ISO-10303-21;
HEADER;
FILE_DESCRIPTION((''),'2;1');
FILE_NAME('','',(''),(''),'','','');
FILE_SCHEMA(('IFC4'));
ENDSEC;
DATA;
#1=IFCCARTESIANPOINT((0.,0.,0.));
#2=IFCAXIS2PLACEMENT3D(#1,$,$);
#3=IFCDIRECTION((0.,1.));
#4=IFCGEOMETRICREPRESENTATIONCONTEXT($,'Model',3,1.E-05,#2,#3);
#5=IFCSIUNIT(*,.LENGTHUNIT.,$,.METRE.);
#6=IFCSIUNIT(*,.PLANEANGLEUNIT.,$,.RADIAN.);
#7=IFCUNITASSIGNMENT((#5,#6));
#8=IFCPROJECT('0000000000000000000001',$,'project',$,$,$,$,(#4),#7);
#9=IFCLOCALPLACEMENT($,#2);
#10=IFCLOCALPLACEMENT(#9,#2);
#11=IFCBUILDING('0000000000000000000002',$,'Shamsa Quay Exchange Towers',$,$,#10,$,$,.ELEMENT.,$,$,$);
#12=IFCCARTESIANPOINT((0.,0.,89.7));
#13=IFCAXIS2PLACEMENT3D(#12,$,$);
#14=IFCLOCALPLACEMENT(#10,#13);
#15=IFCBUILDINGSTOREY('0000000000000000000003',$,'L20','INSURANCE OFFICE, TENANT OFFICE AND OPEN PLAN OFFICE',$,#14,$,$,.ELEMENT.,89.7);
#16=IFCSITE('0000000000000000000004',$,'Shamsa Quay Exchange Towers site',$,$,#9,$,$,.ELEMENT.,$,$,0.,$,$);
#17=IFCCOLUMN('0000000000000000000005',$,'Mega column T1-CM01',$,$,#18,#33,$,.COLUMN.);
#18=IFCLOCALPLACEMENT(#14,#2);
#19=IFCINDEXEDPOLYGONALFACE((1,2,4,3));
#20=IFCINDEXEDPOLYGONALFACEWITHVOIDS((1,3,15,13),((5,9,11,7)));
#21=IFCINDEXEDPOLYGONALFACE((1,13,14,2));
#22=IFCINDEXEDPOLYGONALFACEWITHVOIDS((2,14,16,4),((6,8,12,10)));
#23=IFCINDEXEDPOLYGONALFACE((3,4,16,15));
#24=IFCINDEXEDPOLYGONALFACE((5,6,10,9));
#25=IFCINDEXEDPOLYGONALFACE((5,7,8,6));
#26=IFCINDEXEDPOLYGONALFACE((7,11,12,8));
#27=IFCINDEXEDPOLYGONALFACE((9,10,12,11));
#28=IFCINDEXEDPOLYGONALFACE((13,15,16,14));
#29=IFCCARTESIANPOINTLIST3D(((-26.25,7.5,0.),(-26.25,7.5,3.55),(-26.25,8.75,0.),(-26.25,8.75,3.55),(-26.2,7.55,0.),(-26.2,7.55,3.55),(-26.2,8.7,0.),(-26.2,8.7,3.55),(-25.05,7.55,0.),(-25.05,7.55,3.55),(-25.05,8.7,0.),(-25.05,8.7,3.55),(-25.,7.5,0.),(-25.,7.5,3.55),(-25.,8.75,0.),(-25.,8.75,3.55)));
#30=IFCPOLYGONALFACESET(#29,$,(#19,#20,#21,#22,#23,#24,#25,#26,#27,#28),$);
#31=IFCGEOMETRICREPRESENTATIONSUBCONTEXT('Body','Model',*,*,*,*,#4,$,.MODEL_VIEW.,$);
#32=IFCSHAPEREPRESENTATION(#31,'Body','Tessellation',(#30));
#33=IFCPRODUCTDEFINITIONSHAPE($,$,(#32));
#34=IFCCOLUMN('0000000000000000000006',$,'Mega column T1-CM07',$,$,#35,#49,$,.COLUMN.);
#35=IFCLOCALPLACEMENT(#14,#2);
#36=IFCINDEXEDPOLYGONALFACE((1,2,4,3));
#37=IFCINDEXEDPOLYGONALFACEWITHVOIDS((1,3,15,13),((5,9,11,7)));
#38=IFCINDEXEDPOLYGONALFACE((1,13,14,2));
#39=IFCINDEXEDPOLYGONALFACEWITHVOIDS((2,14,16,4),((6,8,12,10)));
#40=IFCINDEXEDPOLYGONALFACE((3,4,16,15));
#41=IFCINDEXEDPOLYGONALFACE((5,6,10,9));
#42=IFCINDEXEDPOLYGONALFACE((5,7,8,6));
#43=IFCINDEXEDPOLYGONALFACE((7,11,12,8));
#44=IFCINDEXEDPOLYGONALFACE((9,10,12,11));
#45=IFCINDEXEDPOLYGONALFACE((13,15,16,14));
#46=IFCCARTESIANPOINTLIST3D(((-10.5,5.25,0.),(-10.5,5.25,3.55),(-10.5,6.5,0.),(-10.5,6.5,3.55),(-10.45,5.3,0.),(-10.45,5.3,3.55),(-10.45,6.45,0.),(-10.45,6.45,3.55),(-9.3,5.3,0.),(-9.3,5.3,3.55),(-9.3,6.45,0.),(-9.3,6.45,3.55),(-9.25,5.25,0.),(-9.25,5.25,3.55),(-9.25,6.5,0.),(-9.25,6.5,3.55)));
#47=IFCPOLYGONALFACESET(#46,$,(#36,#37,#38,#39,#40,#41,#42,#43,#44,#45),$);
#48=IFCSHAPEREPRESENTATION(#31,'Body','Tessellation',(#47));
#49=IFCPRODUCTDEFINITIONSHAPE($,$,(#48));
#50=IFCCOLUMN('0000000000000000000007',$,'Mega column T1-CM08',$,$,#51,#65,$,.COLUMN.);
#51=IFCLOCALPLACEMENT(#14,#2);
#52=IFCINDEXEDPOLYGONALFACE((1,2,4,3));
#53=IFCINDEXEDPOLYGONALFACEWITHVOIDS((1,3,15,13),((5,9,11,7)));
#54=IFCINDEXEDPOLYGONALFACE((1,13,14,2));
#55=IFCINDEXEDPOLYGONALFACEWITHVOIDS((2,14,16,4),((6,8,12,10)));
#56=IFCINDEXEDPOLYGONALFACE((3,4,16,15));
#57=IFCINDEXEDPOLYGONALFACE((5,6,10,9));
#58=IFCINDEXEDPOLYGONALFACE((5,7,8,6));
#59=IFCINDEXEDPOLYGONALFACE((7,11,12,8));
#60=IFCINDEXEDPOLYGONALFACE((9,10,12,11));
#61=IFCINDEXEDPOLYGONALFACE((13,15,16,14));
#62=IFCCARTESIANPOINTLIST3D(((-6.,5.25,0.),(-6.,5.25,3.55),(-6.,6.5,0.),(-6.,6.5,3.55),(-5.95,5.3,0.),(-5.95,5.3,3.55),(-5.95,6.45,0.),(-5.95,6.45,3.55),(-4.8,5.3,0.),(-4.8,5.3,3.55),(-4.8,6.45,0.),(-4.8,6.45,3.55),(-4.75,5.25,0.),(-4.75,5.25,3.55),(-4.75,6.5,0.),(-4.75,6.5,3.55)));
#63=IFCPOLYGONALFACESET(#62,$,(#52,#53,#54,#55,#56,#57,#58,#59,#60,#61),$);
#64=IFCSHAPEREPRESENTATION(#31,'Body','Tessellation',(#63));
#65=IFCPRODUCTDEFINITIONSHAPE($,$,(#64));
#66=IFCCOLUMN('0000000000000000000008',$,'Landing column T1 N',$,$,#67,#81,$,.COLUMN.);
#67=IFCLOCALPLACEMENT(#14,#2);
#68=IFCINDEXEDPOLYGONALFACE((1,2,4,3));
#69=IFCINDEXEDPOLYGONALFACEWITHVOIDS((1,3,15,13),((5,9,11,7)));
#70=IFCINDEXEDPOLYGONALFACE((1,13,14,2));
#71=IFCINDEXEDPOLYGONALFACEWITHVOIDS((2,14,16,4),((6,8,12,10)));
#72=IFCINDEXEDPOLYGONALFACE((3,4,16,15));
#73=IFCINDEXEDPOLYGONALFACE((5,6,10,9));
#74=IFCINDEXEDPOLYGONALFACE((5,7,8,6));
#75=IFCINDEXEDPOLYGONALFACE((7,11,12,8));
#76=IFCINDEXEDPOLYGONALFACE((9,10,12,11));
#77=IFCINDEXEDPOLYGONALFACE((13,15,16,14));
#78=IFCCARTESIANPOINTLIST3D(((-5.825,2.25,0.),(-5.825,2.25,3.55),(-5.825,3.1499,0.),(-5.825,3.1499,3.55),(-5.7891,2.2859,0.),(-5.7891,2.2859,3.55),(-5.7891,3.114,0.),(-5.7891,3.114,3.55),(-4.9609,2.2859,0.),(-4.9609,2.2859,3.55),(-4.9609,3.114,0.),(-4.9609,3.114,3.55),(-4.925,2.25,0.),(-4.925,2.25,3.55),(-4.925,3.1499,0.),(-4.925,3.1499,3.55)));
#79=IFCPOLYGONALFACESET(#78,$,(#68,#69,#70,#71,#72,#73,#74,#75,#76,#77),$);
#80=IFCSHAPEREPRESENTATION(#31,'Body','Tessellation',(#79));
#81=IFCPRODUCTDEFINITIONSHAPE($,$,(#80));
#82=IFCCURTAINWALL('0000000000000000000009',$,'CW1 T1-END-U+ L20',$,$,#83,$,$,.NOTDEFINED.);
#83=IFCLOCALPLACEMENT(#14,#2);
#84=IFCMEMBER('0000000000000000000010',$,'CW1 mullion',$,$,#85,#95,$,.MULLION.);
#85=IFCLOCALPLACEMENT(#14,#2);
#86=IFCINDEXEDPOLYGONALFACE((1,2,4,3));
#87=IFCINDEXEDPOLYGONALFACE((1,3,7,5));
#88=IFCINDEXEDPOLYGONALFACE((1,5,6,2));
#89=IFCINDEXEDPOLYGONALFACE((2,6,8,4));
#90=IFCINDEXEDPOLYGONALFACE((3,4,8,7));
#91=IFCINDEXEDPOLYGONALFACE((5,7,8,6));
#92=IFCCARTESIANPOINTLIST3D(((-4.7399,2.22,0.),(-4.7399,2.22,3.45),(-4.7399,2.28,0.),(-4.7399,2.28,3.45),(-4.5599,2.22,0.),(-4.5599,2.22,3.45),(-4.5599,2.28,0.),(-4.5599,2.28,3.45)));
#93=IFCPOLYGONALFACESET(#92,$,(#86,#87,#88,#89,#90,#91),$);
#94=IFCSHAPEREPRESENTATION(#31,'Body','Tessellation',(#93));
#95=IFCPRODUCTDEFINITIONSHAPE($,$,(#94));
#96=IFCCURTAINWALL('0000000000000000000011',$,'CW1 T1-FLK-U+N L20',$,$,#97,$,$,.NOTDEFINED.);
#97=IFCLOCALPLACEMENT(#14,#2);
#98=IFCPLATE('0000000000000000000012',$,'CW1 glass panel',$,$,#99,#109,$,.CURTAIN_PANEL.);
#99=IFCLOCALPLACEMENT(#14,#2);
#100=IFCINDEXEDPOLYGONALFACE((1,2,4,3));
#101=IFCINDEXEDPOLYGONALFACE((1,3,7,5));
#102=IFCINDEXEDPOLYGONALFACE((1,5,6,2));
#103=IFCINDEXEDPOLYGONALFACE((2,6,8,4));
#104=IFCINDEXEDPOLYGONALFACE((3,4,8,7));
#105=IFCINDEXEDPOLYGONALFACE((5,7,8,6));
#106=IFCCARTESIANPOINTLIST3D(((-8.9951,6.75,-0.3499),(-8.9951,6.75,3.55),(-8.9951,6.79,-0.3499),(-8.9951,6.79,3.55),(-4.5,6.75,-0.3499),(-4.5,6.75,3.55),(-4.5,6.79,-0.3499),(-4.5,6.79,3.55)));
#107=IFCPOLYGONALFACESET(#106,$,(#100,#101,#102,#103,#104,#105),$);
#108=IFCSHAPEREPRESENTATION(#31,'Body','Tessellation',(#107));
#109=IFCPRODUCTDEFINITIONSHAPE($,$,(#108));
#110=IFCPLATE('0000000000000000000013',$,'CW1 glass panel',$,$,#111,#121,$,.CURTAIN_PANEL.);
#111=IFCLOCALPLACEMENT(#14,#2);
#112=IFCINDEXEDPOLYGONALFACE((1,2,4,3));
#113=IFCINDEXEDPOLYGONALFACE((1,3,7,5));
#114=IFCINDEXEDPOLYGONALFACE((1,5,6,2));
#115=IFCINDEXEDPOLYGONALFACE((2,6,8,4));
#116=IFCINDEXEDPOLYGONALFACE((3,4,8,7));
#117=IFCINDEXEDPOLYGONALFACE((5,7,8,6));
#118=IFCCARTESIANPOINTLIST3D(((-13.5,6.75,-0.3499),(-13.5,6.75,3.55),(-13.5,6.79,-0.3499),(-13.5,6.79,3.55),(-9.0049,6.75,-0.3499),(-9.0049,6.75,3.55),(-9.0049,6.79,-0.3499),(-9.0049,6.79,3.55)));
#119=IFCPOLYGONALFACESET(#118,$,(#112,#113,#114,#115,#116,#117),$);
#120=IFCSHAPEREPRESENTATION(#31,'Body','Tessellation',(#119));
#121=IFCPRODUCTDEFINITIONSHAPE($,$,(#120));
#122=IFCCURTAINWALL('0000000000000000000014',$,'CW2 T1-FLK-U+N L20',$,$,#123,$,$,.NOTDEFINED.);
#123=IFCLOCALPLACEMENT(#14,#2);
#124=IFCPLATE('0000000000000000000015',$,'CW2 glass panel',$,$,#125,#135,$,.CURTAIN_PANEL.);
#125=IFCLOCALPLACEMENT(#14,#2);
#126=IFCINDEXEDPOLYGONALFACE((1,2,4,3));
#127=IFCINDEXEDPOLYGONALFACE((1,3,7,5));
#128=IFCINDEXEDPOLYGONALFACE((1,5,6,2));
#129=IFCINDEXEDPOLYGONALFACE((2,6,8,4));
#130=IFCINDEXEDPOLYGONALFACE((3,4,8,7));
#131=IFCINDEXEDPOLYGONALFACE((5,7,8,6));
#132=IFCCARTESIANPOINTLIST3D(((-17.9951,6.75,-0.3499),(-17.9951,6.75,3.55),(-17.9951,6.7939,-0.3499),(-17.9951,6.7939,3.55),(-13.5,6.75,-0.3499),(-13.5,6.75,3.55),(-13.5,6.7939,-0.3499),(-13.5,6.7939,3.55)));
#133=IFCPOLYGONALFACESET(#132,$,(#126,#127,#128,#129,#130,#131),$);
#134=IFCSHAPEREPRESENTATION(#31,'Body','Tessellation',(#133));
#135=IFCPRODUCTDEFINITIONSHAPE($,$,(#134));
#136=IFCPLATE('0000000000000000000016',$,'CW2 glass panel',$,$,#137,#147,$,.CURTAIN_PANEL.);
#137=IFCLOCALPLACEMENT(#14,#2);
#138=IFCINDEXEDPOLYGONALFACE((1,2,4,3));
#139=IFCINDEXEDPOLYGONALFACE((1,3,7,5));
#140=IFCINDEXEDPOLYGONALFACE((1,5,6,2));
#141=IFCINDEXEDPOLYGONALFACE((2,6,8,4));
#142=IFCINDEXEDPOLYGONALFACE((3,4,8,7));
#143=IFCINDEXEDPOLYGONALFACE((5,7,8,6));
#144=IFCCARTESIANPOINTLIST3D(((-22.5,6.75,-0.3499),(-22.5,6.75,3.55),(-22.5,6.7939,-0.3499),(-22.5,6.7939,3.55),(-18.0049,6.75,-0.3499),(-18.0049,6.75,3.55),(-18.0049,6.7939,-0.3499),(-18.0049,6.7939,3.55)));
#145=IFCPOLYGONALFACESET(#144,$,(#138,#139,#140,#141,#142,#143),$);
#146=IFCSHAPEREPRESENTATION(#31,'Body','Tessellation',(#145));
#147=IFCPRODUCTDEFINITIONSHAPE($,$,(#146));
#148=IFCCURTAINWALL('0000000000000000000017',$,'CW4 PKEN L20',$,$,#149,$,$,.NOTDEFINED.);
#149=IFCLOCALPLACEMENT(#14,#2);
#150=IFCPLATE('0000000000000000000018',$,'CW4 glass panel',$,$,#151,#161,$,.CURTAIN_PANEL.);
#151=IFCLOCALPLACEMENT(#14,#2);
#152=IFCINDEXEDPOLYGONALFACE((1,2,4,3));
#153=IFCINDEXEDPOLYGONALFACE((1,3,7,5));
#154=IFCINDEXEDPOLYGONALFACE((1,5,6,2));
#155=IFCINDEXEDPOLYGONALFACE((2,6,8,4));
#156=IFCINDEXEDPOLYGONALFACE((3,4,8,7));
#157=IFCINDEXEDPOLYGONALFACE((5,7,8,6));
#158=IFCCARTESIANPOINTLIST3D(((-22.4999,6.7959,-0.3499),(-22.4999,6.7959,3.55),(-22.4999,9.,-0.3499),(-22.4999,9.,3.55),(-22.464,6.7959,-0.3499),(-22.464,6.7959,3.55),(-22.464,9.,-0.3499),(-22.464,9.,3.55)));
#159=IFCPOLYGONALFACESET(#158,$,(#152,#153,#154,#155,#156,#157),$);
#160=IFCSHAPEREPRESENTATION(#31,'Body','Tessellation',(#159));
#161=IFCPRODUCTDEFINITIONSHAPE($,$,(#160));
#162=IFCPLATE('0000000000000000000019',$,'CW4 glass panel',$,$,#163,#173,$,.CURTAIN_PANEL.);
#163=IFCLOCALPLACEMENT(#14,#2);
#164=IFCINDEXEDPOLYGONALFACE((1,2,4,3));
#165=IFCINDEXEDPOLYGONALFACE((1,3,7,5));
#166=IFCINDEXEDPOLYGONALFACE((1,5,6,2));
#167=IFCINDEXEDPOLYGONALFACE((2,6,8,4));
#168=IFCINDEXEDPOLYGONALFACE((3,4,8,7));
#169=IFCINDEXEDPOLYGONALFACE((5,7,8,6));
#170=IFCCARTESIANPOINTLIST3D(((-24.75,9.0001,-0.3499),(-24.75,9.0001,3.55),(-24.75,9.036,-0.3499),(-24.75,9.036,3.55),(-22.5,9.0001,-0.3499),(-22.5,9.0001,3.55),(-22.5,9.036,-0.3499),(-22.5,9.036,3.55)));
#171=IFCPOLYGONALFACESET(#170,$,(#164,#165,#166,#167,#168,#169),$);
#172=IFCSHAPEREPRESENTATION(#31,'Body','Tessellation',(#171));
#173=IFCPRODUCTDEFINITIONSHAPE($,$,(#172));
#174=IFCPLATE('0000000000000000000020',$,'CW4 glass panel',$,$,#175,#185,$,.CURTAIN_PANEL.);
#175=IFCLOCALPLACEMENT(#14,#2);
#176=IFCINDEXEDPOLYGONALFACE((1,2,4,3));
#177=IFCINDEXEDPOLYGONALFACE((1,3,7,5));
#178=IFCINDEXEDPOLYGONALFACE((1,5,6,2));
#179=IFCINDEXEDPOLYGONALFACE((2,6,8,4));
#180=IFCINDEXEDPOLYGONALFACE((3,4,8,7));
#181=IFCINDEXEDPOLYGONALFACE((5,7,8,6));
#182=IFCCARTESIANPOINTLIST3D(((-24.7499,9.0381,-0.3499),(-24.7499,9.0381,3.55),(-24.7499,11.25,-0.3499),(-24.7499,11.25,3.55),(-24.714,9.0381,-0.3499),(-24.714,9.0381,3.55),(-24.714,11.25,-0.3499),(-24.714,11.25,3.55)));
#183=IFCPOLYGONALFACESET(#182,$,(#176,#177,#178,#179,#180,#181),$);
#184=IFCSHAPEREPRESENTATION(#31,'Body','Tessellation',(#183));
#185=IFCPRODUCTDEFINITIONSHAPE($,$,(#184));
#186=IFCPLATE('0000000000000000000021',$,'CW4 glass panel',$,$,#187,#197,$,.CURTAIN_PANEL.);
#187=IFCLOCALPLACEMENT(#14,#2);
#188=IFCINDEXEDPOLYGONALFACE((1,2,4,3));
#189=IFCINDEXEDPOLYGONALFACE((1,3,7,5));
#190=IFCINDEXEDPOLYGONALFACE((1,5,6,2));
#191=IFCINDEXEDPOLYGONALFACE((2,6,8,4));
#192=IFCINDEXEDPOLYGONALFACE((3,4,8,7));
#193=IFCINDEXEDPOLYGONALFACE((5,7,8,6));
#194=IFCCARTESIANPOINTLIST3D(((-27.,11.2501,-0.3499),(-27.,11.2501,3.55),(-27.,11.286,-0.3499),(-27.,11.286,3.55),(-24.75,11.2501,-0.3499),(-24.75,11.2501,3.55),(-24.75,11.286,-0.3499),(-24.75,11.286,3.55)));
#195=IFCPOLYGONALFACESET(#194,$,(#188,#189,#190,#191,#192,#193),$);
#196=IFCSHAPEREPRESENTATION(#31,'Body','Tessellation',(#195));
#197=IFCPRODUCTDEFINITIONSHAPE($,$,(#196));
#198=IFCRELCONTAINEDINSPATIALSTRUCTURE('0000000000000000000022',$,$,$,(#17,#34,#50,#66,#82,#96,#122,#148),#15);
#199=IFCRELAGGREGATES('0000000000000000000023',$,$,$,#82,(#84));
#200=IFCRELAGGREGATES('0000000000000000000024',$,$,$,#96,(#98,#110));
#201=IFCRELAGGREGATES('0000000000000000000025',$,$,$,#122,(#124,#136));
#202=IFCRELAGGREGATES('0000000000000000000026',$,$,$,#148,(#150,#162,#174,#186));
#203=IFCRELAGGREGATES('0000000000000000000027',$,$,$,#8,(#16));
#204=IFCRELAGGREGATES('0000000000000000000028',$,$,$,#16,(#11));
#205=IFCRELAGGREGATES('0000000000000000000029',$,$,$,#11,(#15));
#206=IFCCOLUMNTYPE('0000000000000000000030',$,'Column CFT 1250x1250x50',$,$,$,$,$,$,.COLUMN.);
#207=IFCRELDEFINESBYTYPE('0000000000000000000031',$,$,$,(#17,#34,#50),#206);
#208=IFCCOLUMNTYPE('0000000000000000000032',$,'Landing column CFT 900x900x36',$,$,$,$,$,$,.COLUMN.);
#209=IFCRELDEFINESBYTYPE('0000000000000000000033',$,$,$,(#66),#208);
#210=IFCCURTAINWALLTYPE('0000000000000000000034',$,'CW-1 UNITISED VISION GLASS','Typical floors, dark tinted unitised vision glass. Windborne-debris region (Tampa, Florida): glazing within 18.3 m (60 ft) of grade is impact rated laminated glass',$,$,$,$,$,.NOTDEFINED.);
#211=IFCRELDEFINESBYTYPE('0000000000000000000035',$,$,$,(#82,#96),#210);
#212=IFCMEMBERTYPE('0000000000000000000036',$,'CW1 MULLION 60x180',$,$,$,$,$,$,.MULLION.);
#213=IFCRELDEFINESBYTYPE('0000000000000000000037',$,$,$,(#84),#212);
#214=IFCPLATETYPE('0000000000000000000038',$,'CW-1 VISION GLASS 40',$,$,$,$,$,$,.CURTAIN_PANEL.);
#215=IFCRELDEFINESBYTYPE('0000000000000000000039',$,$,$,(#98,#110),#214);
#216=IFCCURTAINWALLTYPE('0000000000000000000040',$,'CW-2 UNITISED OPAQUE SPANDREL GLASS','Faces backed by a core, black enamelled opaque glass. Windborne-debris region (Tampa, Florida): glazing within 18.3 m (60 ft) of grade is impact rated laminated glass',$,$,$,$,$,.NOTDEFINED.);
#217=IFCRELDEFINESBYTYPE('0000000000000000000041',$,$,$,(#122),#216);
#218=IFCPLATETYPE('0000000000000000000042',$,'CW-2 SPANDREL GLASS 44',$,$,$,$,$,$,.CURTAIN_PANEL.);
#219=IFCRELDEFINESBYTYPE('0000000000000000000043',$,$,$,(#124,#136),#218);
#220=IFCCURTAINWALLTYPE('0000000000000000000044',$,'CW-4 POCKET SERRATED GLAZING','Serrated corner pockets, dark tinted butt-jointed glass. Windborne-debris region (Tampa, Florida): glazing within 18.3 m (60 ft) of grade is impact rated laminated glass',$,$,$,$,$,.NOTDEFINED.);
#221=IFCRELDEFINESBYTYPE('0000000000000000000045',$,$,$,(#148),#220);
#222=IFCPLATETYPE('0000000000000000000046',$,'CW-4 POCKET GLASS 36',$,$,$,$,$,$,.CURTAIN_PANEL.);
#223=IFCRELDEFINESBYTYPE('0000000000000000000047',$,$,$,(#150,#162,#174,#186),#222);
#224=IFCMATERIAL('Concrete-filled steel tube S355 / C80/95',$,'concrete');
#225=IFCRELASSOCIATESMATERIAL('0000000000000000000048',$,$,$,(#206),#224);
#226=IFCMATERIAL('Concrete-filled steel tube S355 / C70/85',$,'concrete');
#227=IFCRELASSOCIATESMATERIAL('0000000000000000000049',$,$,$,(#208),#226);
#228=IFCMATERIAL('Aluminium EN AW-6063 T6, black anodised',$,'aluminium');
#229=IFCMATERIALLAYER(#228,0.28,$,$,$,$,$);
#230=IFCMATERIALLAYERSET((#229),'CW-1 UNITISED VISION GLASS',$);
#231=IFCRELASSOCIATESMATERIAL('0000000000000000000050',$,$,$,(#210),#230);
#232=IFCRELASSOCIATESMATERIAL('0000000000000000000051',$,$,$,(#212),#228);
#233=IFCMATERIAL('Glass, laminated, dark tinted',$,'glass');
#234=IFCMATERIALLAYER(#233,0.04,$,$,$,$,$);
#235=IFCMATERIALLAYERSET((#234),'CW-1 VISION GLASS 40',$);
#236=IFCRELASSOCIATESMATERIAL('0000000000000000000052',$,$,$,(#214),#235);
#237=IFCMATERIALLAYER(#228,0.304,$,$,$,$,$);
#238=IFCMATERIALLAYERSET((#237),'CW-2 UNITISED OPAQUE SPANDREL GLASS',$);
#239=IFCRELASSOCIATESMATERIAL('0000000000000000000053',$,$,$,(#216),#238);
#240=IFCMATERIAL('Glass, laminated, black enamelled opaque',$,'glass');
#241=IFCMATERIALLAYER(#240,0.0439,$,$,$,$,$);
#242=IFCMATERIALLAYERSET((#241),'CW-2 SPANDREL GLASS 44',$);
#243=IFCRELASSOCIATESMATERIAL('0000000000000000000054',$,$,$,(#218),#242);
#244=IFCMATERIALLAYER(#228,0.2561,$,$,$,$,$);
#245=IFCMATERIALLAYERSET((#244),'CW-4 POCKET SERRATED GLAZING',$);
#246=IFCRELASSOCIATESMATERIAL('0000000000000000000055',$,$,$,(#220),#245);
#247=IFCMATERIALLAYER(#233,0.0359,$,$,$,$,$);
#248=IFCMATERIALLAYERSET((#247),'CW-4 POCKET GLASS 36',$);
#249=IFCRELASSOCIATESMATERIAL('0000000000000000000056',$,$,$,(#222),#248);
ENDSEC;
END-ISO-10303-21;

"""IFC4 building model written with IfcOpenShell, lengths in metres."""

from ifc_helpers import new_model, si_unit, direction, frame, origin, origin_2d, place, context, subcontext, project, spatial, rectangle, hollow_rectangle, extrude, material, layer, layer_set, material_profile, profile_set, type_object, element, aggregate, save


model = new_model("IFC4")

# Units and contexts
model_context = context("Model", 3, precision=1e-05, world=origin(), true_north=direction((0.0, 1.0)))
body_context = subcontext(model_context, "Body", "Model", "MODEL_VIEW")
ifc_project = project(units=[si_unit("LENGTHUNIT", "METRE"), si_unit("PLANEANGLEUNIT", "RADIAN")], contexts=[model_context])

# Site, building, storey
site_placement = place(None, origin())
site = spatial("IfcSite", under=ifc_project, at=site_placement, Name="Shamsa Quay Exchange Towers site", CompositionType="ELEMENT", RefElevation=0.0)
building_placement = place(site_placement, origin())
building = spatial("IfcBuilding", under=site, at=building_placement, Name="Shamsa Quay Exchange Towers", CompositionType="ELEMENT")
storey_placement = place(building_placement, frame((0.0, 0.0, 89.7)))
storey = spatial("IfcBuildingStorey", under=building, at=storey_placement, Name="L20", Description="INSURANCE OFFICE, TENANT OFFICE AND OPEN PLAN OFFICE", CompositionType="ELEMENT", Elevation=89.7)

# Columns
ifc_material_1 = material(Name="Concrete-filled steel tube S355 / C80/95", Category="concrete")
ifc_material_profile_1 = material_profile(ifc_material_1, hollow_rectangle(XDim=1.25, YDim=1.25, WallThickness=0.05, at=origin_2d()), Name="CFT 1250x1250x50")
ifc_profile_set_1 = profile_set([ifc_material_profile_1], Name="Concrete-filled steel tube S355 / C80/95")
column_type_1 = type_object("IfcColumnType", Name="Column CFT 1250x1250x50", PredefinedType="COLUMN", material=ifc_profile_set_1)
for number, where, name in (
    (1, (-25.625, 8.125, 0.0), "Mega column T1-CM01"),
    (2, (-9.875, 5.875, 0.0), "Mega column T1-CM07"),
    (3, (-5.375, 5.875, 0.0), "Mega column T1-CM08"),
):
    element("IfcColumn", number, at=place(storey_placement, frame(where)), inside=storey, type_object=column_type_1, Name=name, PredefinedType="COLUMN", context=body_context, shape_type="SweptSolid", body=[
        extrude(hollow_rectangle(XDim=1.25, YDim=1.25, WallThickness=0.05, at=origin_2d()), origin(), (0.0, 0.0, 1.0), 3.55),
    ])
ifc_material_2 = material(Name="Concrete-filled steel tube S355 / C70/85", Category="concrete")
ifc_material_profile_2 = material_profile(ifc_material_2, hollow_rectangle(XDim=0.8999, YDim=0.8999, WallThickness=0.0359, at=origin_2d()), Name="CFT 900x900x36")
ifc_profile_set_2 = profile_set([ifc_material_profile_2], Name="Concrete-filled steel tube S355 / C70/85")
column_type_2 = type_object("IfcColumnType", Name="Landing column CFT 900x900x36", PredefinedType="COLUMN", material=ifc_profile_set_2)
column_placement = place(storey_placement, frame((-5.375, 2.7, 0.0)))
element("IfcColumn", 4, at=column_placement, inside=storey, type_object=column_type_2, Name="Landing column T1 N", PredefinedType="COLUMN", context=body_context, shape_type="SweptSolid", body=[
    extrude(hollow_rectangle(XDim=0.8999, YDim=0.8999, WallThickness=0.0359, at=origin_2d()), origin(), (0.0, 0.0, 1.0), 3.55),
])

# Curtain wall, member
ifc_material_3 = material(Name="Aluminium EN AW-6063 T6, black anodised", Category="aluminium")
ifc_layer_1 = layer(ifc_material_3, 0.28)
ifc_layer_set_1 = layer_set([ifc_layer_1], Name="CW-1 UNITISED VISION GLASS")
curtain_wall_type_1 = type_object("IfcCurtainWallType", Name="CW-1 UNITISED VISION GLASS", Description="Typical floors, dark tinted unitised vision glass. Windborne-debris region (Tampa, Florida): glazing within 18.3 m (60 ft) of grade is impact rated laminated glass", PredefinedType="NOTDEFINED", material=ifc_layer_set_1)
curtain_wall_1_placement = place(storey_placement, origin())
curtain_wall_1 = element("IfcCurtainWall", 5, at=curtain_wall_1_placement, inside=storey, type_object=curtain_wall_type_1, Name="CW1 T1-END-U+ L20", PredefinedType="NOTDEFINED")
ifc_material_profile_3 = material_profile(ifc_material_3, rectangle(XDim=0.1799, YDim=0.0601, at=origin_2d()), Name="MU60x180")
ifc_profile_set_3 = profile_set([ifc_material_profile_3], Name="Aluminium EN AW-6063 T6, black anodised")
member_type = type_object("IfcMemberType", Name="CW1 MULLION 60x180", PredefinedType="MULLION", material=ifc_profile_set_3)
member_placement = place(storey_placement, frame((-4.6499, 2.25, 0.0), z_axis=(0.0, 0.0, 1.0), x_axis=(-1.0, 0.0, 0.0)))
member = element("IfcMember", 6, at=member_placement, type_object=member_type, Name="CW1 mullion", PredefinedType="MULLION", context=body_context, shape_type="SweptSolid", body=[
    extrude(rectangle(XDim=0.1799, YDim=0.0601, at=origin_2d()), origin(), (0.0, 0.0, 1.0), 3.45),
])
aggregate(curtain_wall_1, [member])

# Curtain walls, plates
curtain_wall_2_placement = place(storey_placement, origin())
curtain_wall_2 = element("IfcCurtainWall", 7, at=curtain_wall_2_placement, inside=storey, type_object=curtain_wall_type_1, Name="CW1 T1-FLK-U+N L20", PredefinedType="NOTDEFINED")
ifc_material_4 = material(Name="Glass, laminated, dark tinted", Category="glass")
ifc_layer_2 = layer(ifc_material_4, 0.04)
ifc_layer_set_2 = layer_set([ifc_layer_2], Name="CW-1 VISION GLASS 40")
plate_type_1 = type_object("IfcPlateType", Name="CW-1 VISION GLASS 40", PredefinedType="CURTAIN_PANEL", material=ifc_layer_set_2)
plate_1_placement = place(storey_placement, frame((-6.7476, 6.77, -0.3499), z_axis=(0.0, 0.0, 1.0), x_axis=(-1.0, 0.0, 0.0)))
plate_1 = element("IfcPlate", 8, at=plate_1_placement, type_object=plate_type_1, Name="CW1 glass panel", PredefinedType="CURTAIN_PANEL", context=body_context, shape_type="SweptSolid", body=[
    extrude(rectangle(XDim=4.4951, YDim=0.04, at=origin_2d()), origin(), (0.0, 0.0, 1.0), 3.8999),
])
plate_2_placement = place(storey_placement, frame((-11.2524, 6.77, -0.3499), z_axis=(0.0, 0.0, 1.0), x_axis=(-1.0, 0.0, 0.0)))
plate_2 = element("IfcPlate", 9, at=plate_2_placement, type_object=plate_type_1, Name="CW1 glass panel", PredefinedType="CURTAIN_PANEL", context=body_context, shape_type="SweptSolid", body=[
    extrude(rectangle(XDim=4.4951, YDim=0.04, at=origin_2d()), origin(), (0.0, 0.0, 1.0), 3.8999),
])
aggregate(curtain_wall_2, [plate_1, plate_2])
ifc_layer_3 = layer(ifc_material_3, 0.304)
ifc_layer_set_3 = layer_set([ifc_layer_3], Name="CW-2 UNITISED OPAQUE SPANDREL GLASS")
curtain_wall_type_2 = type_object("IfcCurtainWallType", Name="CW-2 UNITISED OPAQUE SPANDREL GLASS", Description="Faces backed by a core, black enamelled opaque glass. Windborne-debris region (Tampa, Florida): glazing within 18.3 m (60 ft) of grade is impact rated laminated glass", PredefinedType="NOTDEFINED", material=ifc_layer_set_3)
curtain_wall_3_placement = place(storey_placement, origin())
curtain_wall_3 = element("IfcCurtainWall", 10, at=curtain_wall_3_placement, inside=storey, type_object=curtain_wall_type_2, Name="CW2 T1-FLK-U+N L20", PredefinedType="NOTDEFINED")
ifc_material_5 = material(Name="Glass, laminated, black enamelled opaque", Category="glass")
ifc_layer_4 = layer(ifc_material_5, 0.0439)
ifc_layer_set_4 = layer_set([ifc_layer_4], Name="CW-2 SPANDREL GLASS 44")
plate_type_2 = type_object("IfcPlateType", Name="CW-2 SPANDREL GLASS 44", PredefinedType="CURTAIN_PANEL", material=ifc_layer_set_4)
plate_3_placement = place(storey_placement, frame((-15.7476, 6.772, -0.3499), z_axis=(0.0, 0.0, 1.0), x_axis=(-1.0, 0.0, 0.0)))
plate_3 = element("IfcPlate", 11, at=plate_3_placement, type_object=plate_type_2, Name="CW2 glass panel", PredefinedType="CURTAIN_PANEL", context=body_context, shape_type="SweptSolid", body=[
    extrude(rectangle(XDim=4.4951, YDim=0.0439, at=origin_2d()), origin(), (0.0, 0.0, 1.0), 3.8999),
])
plate_4_placement = place(storey_placement, frame((-20.2524, 6.772, -0.3499), z_axis=(0.0, 0.0, 1.0), x_axis=(-1.0, 0.0, 0.0)))
plate_4 = element("IfcPlate", 12, at=plate_4_placement, type_object=plate_type_2, Name="CW2 glass panel", PredefinedType="CURTAIN_PANEL", context=body_context, shape_type="SweptSolid", body=[
    extrude(rectangle(XDim=4.4951, YDim=0.0439, at=origin_2d()), origin(), (0.0, 0.0, 1.0), 3.8999),
])
aggregate(curtain_wall_3, [plate_3, plate_4])
ifc_layer_5 = layer(ifc_material_3, 0.2561)
ifc_layer_set_5 = layer_set([ifc_layer_5], Name="CW-4 POCKET SERRATED GLAZING")
curtain_wall_type_3 = type_object("IfcCurtainWallType", Name="CW-4 POCKET SERRATED GLAZING", Description="Serrated corner pockets, dark tinted butt-jointed glass. Windborne-debris region (Tampa, Florida): glazing within 18.3 m (60 ft) of grade is impact rated laminated glass", PredefinedType="NOTDEFINED", material=ifc_layer_set_5)
curtain_wall_4_placement = place(storey_placement, origin())
curtain_wall_4 = element("IfcCurtainWall", 13, at=curtain_wall_4_placement, inside=storey, type_object=curtain_wall_type_3, Name="CW4 PKEN L20", PredefinedType="NOTDEFINED")
ifc_layer_6 = layer(ifc_material_4, 0.0359)
ifc_layer_set_6 = layer_set([ifc_layer_6], Name="CW-4 POCKET GLASS 36")
plate_type_3 = type_object("IfcPlateType", Name="CW-4 POCKET GLASS 36", PredefinedType="CURTAIN_PANEL", material=ifc_layer_set_6)
plate_5_placement = place(storey_placement, frame((-22.4819, 7.8979, -0.3499), z_axis=(0.0, 0.0, 1.0), x_axis=(0.0, 1.0, 0.0)))
plate_5 = element("IfcPlate", 14, at=plate_5_placement, type_object=plate_type_3, Name="CW4 glass panel", PredefinedType="CURTAIN_PANEL", context=body_context, shape_type="SweptSolid", body=[
    extrude(rectangle(XDim=2.2041, YDim=0.0359, at=origin_2d()), origin(), (0.0, 0.0, 1.0), 3.8999),
])
plate_6_placement = place(storey_placement, frame((-23.625, 9.0181, -0.3499), z_axis=(0.0, 0.0, 1.0), x_axis=(-1.0, 0.0, 0.0)))
plate_6 = element("IfcPlate", 15, at=plate_6_placement, type_object=plate_type_3, Name="CW4 glass panel", PredefinedType="CURTAIN_PANEL", context=body_context, shape_type="SweptSolid", body=[
    extrude(rectangle(XDim=2.25, YDim=0.0359, at=origin_2d()), origin(), (0.0, 0.0, 1.0), 3.8999),
])
plate_7_placement = place(storey_placement, frame((-24.7319, 10.144, -0.3499), z_axis=(0.0, 0.0, 1.0), x_axis=(0.0, 1.0, 0.0)))
plate_7 = element("IfcPlate", 16, at=plate_7_placement, type_object=plate_type_3, Name="CW4 glass panel", PredefinedType="CURTAIN_PANEL", context=body_context, shape_type="SweptSolid", body=[
    extrude(rectangle(XDim=2.2119, YDim=0.0359, at=origin_2d()), origin(), (0.0, 0.0, 1.0), 3.8999),
])
plate_8_placement = place(storey_placement, frame((-25.875, 11.2681, -0.3499), z_axis=(0.0, 0.0, 1.0), x_axis=(-1.0, 0.0, 0.0)))
plate_8 = element("IfcPlate", 17, at=plate_8_placement, type_object=plate_type_3, Name="CW4 glass panel", PredefinedType="CURTAIN_PANEL", context=body_context, shape_type="SweptSolid", body=[
    extrude(rectangle(XDim=2.25, YDim=0.0359, at=origin_2d()), origin(), (0.0, 0.0, 1.0), 3.8999),
])
aggregate(curtain_wall_4, [plate_5, plate_6, plate_7, plate_8])

save(model, "model.ifc")
